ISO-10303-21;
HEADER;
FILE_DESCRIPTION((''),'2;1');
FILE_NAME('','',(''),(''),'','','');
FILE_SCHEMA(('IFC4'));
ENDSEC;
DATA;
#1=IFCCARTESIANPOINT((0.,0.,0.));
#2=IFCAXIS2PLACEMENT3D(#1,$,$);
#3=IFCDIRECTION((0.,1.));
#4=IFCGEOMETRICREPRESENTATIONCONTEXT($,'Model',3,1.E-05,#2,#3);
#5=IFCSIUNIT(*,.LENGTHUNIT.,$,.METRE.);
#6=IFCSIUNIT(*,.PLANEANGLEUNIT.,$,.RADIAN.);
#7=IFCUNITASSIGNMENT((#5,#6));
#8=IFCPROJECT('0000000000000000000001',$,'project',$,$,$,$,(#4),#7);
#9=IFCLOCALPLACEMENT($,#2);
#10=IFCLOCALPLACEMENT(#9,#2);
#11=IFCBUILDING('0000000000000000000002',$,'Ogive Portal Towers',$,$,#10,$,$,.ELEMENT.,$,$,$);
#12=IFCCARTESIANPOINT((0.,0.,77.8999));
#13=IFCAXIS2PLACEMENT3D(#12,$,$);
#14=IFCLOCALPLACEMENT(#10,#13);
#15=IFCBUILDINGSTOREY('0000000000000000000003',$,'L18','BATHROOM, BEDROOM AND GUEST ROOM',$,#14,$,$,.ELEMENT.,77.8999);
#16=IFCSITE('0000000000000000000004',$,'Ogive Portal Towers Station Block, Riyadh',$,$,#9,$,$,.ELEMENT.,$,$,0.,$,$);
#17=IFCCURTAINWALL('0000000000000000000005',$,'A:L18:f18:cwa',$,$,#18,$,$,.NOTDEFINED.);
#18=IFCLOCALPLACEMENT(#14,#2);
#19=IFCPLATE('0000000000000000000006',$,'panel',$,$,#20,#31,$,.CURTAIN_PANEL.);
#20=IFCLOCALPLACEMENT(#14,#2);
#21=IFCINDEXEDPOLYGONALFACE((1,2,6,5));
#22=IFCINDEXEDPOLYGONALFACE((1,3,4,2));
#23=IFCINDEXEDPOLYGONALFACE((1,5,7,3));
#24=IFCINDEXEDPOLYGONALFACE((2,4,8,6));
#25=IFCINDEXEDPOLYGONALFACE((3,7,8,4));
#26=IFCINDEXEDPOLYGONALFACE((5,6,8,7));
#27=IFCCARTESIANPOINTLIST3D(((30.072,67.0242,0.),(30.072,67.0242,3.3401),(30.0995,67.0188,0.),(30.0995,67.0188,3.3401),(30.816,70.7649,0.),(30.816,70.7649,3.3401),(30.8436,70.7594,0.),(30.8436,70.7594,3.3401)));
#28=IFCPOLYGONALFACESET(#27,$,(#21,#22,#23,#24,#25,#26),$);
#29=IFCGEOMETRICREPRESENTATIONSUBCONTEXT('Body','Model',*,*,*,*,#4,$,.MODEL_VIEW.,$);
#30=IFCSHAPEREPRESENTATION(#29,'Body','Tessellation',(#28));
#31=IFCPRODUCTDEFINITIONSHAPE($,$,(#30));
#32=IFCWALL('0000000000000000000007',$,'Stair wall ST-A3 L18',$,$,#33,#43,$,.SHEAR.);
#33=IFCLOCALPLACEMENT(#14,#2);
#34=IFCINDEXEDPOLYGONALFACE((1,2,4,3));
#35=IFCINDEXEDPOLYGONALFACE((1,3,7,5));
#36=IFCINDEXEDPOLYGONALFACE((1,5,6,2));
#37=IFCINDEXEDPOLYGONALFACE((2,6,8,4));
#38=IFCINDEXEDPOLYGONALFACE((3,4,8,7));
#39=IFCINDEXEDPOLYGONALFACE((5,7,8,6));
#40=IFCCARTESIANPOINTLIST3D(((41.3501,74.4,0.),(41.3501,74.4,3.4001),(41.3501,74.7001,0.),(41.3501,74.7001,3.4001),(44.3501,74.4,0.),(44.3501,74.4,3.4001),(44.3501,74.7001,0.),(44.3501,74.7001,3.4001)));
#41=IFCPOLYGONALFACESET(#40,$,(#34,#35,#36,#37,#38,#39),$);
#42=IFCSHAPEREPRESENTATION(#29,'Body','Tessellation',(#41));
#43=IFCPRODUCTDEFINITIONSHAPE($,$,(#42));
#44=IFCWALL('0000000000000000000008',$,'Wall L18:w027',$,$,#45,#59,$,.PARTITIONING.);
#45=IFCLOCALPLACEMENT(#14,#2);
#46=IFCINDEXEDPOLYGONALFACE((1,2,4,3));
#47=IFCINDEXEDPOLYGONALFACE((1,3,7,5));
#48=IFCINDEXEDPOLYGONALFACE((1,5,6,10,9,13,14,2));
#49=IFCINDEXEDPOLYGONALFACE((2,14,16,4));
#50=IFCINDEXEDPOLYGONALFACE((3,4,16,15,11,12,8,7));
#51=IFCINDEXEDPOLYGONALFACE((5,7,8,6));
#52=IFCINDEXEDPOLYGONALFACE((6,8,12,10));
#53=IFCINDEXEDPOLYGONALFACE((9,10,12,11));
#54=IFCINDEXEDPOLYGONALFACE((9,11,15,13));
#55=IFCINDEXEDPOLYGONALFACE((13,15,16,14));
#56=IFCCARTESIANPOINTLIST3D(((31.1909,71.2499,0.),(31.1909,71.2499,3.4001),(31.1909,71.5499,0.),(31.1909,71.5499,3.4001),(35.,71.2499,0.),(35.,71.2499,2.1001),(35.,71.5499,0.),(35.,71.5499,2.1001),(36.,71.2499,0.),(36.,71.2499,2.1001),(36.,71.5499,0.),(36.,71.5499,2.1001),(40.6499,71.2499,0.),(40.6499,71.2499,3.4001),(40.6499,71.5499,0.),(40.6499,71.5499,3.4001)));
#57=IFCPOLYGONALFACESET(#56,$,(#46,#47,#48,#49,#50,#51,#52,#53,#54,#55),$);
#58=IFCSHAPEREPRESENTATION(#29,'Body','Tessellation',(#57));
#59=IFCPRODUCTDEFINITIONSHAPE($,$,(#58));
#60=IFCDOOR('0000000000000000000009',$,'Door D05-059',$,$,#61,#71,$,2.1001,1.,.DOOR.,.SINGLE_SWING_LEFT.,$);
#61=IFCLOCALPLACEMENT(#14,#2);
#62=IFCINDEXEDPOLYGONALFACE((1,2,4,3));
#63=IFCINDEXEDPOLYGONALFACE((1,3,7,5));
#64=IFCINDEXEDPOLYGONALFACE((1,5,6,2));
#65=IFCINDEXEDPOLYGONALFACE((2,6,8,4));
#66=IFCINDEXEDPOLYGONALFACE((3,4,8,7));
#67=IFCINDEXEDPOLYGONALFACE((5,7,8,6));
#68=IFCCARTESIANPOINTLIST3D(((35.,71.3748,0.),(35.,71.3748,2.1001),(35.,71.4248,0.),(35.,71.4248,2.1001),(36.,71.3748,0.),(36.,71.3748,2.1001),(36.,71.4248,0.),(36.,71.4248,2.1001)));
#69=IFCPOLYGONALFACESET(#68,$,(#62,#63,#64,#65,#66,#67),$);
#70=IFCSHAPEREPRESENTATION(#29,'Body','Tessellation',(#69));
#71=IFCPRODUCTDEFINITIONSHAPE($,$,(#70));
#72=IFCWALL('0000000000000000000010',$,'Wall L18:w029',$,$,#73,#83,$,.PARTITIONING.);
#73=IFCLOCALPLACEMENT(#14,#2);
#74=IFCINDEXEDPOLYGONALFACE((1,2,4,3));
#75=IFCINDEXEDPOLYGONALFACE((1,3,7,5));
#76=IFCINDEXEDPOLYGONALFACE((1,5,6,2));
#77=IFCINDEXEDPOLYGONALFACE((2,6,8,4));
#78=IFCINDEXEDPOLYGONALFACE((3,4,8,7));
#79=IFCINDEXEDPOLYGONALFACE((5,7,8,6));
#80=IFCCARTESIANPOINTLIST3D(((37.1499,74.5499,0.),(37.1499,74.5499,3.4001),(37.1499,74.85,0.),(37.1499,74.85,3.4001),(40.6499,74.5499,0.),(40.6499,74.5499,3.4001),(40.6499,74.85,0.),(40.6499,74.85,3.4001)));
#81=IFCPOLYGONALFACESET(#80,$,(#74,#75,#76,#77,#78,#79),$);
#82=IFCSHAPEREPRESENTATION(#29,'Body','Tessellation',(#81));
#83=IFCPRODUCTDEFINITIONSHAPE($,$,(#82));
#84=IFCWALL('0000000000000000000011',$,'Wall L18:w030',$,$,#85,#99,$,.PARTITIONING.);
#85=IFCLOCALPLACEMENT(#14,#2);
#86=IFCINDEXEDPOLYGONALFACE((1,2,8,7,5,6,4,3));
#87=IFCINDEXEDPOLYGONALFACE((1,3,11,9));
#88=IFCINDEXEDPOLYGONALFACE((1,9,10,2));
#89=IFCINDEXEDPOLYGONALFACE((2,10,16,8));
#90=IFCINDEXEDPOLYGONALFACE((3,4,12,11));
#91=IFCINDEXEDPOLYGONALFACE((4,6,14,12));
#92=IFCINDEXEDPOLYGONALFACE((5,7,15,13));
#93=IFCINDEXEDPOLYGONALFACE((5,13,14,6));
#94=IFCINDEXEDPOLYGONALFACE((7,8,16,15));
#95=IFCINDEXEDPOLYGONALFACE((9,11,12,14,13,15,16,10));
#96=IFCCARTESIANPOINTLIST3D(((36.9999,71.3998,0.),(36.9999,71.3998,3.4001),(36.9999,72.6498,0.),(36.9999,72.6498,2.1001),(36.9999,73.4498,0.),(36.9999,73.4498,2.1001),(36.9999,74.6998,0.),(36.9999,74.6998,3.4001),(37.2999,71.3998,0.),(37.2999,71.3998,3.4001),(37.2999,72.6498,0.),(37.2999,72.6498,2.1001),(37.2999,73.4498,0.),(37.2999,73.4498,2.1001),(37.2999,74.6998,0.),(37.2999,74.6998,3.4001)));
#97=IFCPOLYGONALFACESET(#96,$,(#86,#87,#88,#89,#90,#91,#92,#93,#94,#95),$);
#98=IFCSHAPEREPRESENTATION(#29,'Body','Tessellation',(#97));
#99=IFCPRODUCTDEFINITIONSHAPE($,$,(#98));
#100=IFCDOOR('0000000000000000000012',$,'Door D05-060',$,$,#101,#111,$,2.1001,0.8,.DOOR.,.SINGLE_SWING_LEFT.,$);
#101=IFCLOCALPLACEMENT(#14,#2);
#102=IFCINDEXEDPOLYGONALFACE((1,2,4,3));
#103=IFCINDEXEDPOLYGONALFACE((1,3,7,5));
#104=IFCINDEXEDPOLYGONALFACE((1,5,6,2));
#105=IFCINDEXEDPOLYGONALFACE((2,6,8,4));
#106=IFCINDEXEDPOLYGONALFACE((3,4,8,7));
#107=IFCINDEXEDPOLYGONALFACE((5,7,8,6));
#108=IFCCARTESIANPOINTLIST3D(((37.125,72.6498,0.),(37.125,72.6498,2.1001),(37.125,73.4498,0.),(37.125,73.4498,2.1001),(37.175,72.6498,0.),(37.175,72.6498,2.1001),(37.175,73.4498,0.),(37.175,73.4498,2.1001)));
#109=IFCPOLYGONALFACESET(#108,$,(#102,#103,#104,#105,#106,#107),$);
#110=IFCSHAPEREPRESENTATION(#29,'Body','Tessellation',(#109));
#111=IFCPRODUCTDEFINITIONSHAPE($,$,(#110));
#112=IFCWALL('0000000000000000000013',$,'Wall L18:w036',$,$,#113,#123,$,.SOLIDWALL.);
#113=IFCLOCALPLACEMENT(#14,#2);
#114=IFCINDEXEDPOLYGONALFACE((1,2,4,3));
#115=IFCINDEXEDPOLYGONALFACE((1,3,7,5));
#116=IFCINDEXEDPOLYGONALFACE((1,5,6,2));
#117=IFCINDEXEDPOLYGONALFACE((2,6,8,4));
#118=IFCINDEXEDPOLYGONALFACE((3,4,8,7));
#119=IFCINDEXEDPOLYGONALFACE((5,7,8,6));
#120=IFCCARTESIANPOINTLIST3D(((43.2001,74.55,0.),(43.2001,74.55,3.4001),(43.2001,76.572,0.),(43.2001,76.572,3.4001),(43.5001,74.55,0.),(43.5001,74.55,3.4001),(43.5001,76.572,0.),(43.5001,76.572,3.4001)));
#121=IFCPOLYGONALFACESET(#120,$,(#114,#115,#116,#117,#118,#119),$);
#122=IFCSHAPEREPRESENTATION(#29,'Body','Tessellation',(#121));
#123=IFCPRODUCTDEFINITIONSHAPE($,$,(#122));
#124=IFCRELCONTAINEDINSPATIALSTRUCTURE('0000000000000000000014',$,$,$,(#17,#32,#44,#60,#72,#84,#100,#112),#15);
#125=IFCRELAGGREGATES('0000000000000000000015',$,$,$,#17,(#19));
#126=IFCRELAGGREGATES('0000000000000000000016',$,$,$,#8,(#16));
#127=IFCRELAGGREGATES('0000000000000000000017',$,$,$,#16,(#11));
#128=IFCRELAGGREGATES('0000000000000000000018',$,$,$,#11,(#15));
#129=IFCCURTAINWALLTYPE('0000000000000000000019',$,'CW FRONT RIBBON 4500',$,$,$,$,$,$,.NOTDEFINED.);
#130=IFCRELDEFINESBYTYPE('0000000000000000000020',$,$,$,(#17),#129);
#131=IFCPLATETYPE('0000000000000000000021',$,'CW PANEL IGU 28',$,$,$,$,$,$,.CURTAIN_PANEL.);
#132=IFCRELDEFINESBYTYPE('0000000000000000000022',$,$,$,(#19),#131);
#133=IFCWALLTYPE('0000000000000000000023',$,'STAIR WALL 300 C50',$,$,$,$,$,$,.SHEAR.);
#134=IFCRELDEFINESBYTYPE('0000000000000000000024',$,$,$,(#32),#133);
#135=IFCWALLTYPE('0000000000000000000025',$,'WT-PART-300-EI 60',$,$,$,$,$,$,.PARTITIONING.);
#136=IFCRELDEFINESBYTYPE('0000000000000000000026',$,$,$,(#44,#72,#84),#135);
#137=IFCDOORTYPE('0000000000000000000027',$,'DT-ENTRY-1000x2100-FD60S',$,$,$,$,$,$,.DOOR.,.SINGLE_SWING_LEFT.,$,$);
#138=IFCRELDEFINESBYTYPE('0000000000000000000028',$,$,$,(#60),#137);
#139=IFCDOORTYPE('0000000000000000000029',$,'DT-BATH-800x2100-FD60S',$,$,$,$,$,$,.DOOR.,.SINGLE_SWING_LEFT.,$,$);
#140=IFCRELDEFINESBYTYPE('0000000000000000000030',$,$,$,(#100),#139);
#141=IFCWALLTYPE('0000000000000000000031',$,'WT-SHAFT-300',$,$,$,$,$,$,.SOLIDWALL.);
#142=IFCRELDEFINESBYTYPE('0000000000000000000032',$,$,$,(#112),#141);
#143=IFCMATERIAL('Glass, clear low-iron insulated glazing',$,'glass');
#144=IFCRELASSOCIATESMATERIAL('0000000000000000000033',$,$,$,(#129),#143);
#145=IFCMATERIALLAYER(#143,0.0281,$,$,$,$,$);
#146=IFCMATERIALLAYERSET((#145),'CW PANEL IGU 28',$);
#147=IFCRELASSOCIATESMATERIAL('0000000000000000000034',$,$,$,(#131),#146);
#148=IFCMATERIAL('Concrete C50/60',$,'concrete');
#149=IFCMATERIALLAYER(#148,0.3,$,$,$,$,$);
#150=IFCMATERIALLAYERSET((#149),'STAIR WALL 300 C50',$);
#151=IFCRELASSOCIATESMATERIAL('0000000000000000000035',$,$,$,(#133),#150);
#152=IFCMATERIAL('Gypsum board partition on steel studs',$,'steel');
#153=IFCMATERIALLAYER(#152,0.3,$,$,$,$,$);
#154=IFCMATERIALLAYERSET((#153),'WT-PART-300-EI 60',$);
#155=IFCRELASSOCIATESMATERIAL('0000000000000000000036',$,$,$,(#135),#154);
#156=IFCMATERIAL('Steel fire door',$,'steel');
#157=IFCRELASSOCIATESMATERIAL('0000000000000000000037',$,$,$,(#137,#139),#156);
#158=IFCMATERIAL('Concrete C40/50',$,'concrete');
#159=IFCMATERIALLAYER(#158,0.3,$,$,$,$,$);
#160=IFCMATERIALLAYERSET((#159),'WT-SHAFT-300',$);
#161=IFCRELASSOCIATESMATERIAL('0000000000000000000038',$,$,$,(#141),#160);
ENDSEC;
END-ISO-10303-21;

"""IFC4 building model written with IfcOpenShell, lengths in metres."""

from ifc_helpers import new_model, si_unit, direction, frame, frame_2d, origin, origin_2d, place, context, subcontext, project, spatial, rectangle, extrude, material, layer, layer_set, type_object, element, fill, aggregate, save


model = new_model("IFC4")

# Units and contexts
model_context = context("Model", 3, precision=1e-05, world=origin(), true_north=direction((0.0, 1.0)))
body_context = subcontext(model_context, "Body", "Model", "MODEL_VIEW")
ifc_project = project(units=[si_unit("LENGTHUNIT", "METRE"), si_unit("PLANEANGLEUNIT", "RADIAN")], contexts=[model_context])

# Site, building, storey
site_placement = place(None, origin())
site = spatial("IfcSite", under=ifc_project, at=site_placement, Name="Ogive Portal Towers Station Block, Riyadh", CompositionType="ELEMENT", RefElevation=0.0)
building_placement = place(site_placement, origin())
building = spatial("IfcBuilding", under=site, at=building_placement, Name="Ogive Portal Towers", CompositionType="ELEMENT")
storey_placement = place(building_placement, frame((0.0, 0.0, 77.8999)))
storey = spatial("IfcBuildingStorey", under=building, at=storey_placement, Name="L18", Description="BATHROOM, BEDROOM AND GUEST ROOM", CompositionType="ELEMENT", Elevation=77.8999)

# Shared definitions
ifc_material_1 = material(Name="Concrete C40/50", Category="concrete")

# Curtain wall, plate
ifc_material_2 = material(Name="Glass, clear low-iron insulated glazing", Category="glass")
curtain_wall_type = type_object("IfcCurtainWallType", Name="CW FRONT RIBBON 4500", PredefinedType="NOTDEFINED", material=ifc_material_2)
curtain_wall_placement = place(storey_placement, origin())
curtain_wall = element("IfcCurtainWall", 1, at=curtain_wall_placement, inside=storey, type_object=curtain_wall_type, Name="A:L18:f18:cwa", PredefinedType="NOTDEFINED")
ifc_layer_1 = layer(ifc_material_2, 0.0281)
ifc_layer_set_1 = layer_set([ifc_layer_1], Name="CW PANEL IGU 28")
plate_type = type_object("IfcPlateType", Name="CW PANEL IGU 28", PredefinedType="CURTAIN_PANEL", material=ifc_layer_set_1)
plate_1_placement = place(storey_placement, frame((30.4578, 68.8918, 0.0), z_axis=(0.0, 0.0, 1.0), x_axis=(-0.19509, -0.980785, 0.0)))
plate_1 = element("IfcPlate", 2, at=plate_1_placement, type_object=plate_type, Name="panel", PredefinedType="CURTAIN_PANEL", context=body_context, shape_type="SweptSolid", body=[
    extrude(rectangle(XDim=3.814, YDim=0.0281, at=origin_2d()), origin(), (0.0, 0.0, 1.0), 3.3401),
])
aggregate(curtain_wall, [plate_1])

# Wall
ifc_material_3 = material(Name="Concrete C50/60", Category="concrete")
ifc_layer_2 = layer(ifc_material_3, 0.3)
ifc_layer_set_2 = layer_set([ifc_layer_2], Name="STAIR WALL 300 C50")
wall_type_1 = type_object("IfcWallType", Name="STAIR WALL 300 C50", PredefinedType="SHEAR", material=ifc_layer_set_2)
wall_1_placement = place(storey_placement, frame((41.3501, 74.55, 0.0), z_axis=(0.0, 0.0, 1.0), x_axis=(1.0, 0.0, 0.0)))
element("IfcWall", 3, at=wall_1_placement, inside=storey, type_object=wall_type_1, Name="Stair wall ST-A3 L18", PredefinedType="SHEAR", context=body_context, shape_type="SweptSolid", body=[
    extrude(rectangle(XDim=3.0, YDim=0.3, at=frame_2d((1.5, 0.0))), origin(), (0.0, 0.0, 1.0), 3.4001),
])

# Wall, opening, door
ifc_material_4 = material(Name="Gypsum board partition on steel studs", Category="steel")
ifc_layer_3 = layer(ifc_material_4, 0.3)
ifc_layer_set_3 = layer_set([ifc_layer_3], Name="WT-PART-300-EI 60")
wall_type_2 = type_object("IfcWallType", Name="WT-PART-300-EI 60", PredefinedType="PARTITIONING", material=ifc_layer_set_3)
wall_2_placement = place(storey_placement, frame((31.1909, 71.3999, 0.0), z_axis=(0.0, 0.0, 1.0), x_axis=(1.0, 0.0, 0.0)))
wall_2 = element("IfcWall", 4, at=wall_2_placement, inside=storey, type_object=wall_type_2, Name="Wall L18:w027", PredefinedType="PARTITIONING", context=body_context, shape_type="SweptSolid", body=[
    extrude(rectangle(XDim=9.459, YDim=0.3, at=frame_2d((4.7295, 0.0))), origin(), (0.0, 0.0, 1.0), 3.4001),
])
opening_1_placement = place(wall_2_placement, frame((3.8091, 0.0, 0.0)))
opening_1 = element("IfcOpeningElement", 5, at=opening_1_placement, cuts=wall_2, PredefinedType="OPENING", context=body_context, shape_type="SweptSolid", body=[
    extrude(rectangle(XDim=1.0, YDim=2.1001, at=frame_2d((0.5, 1.05))), frame((0.0, 0.1602, 0.0), z_axis=(0.0, -1.0, 0.0), x_axis=(1.0, 0.0, 0.0)), (0.0, 0.0, 1.0), 0.3201),
])
ifc_material_5 = material(Name="Steel fire door", Category="steel")
door_type_1 = type_object("IfcDoorType", Name="DT-ENTRY-1000x2100-FD60S", OperationType="SINGLE_SWING_LEFT", PredefinedType="DOOR", material=ifc_material_5)
door_1_placement = place(opening_1_placement, origin())
door_1 = element("IfcDoor", 6, at=door_1_placement, inside=storey, type_object=door_type_1, Name="Door D05-059", OperationType="SINGLE_SWING_LEFT", OverallHeight=2.1001, OverallWidth=1.0, PredefinedType="DOOR", context=body_context, shape_type="SweptSolid", body=[
    extrude(rectangle(XDim=1.0, YDim=2.1001, at=frame_2d((0.5, 1.05))), frame((0.0, 0.0249, 0.0), z_axis=(0.0, -1.0, 0.0), x_axis=(1.0, 0.0, 0.0)), (0.0, 0.0, 1.0), 0.05),
])
fill(opening_1, door_1)

# Wall
wall_3_placement = place(storey_placement, frame((37.1499, 74.7, 0.0), z_axis=(0.0, 0.0, 1.0), x_axis=(1.0, 0.0, 0.0)))
element("IfcWall", 7, at=wall_3_placement, inside=storey, type_object=wall_type_2, Name="Wall L18:w029", PredefinedType="PARTITIONING", context=body_context, shape_type="SweptSolid", body=[
    extrude(rectangle(XDim=3.5, YDim=0.3, at=frame_2d((1.75, 0.0))), origin(), (0.0, 0.0, 1.0), 3.4001),
])

# Wall, opening, door
wall_4_placement = place(storey_placement, frame((37.1499, 71.3999, 0.0), z_axis=(0.0, 0.0, 1.0), x_axis=(0.0, 1.0, 0.0)))
wall_4 = element("IfcWall", 8, at=wall_4_placement, inside=storey, type_object=wall_type_2, Name="Wall L18:w030", PredefinedType="PARTITIONING", context=body_context, shape_type="SweptSolid", body=[
    extrude(rectangle(XDim=3.3, YDim=0.3, at=frame_2d((1.6499, 0.0))), origin(), (0.0, 0.0, 1.0), 3.4001),
])
opening_2_placement = place(wall_4_placement, frame((1.25, 0.0, 0.0)))
opening_2 = element("IfcOpeningElement", 9, at=opening_2_placement, cuts=wall_4, PredefinedType="OPENING", context=body_context, shape_type="SweptSolid", body=[
    extrude(rectangle(XDim=0.8, YDim=2.1001, at=frame_2d((0.3999, 1.05))), frame((0.0, 0.1602, 0.0), z_axis=(0.0, -1.0, 0.0), x_axis=(1.0, 0.0, 0.0)), (0.0, 0.0, 1.0), 0.3201),
])
door_type_2 = type_object("IfcDoorType", Name="DT-BATH-800x2100-FD60S", OperationType="SINGLE_SWING_LEFT", PredefinedType="DOOR", material=ifc_material_5)
door_2_placement = place(opening_2_placement, origin())
door_2 = element("IfcDoor", 10, at=door_2_placement, inside=storey, type_object=door_type_2, Name="Door D05-060", OperationType="SINGLE_SWING_LEFT", OverallHeight=2.1001, OverallWidth=0.8, PredefinedType="DOOR", context=body_context, shape_type="SweptSolid", body=[
    extrude(rectangle(XDim=0.8, YDim=2.1001, at=frame_2d((0.3999, 1.05))), frame((0.0, 0.0249, 0.0), z_axis=(0.0, -1.0, 0.0), x_axis=(1.0, 0.0, 0.0)), (0.0, 0.0, 1.0), 0.05),
])
fill(opening_2, door_2)

# Wall
ifc_layer_4 = layer(ifc_material_1, 0.3)
ifc_layer_set_4 = layer_set([ifc_layer_4], Name="WT-SHAFT-300")
wall_type_3 = type_object("IfcWallType", Name="WT-SHAFT-300", PredefinedType="SOLIDWALL", material=ifc_layer_set_4)
wall_5_placement = place(storey_placement, frame((43.3501, 74.55, 0.0), z_axis=(0.0, 0.0, 1.0), x_axis=(0.0, 1.0, 0.0)))
element("IfcWall", 11, at=wall_5_placement, inside=storey, type_object=wall_type_3, Name="Wall L18:w036", PredefinedType="SOLIDWALL", context=body_context, shape_type="SweptSolid", body=[
    extrude(rectangle(XDim=2.022, YDim=0.3, at=frame_2d((1.011, 0.0))), origin(), (0.0, 0.0, 1.0), 3.4001),
])

save(model, "model.ifc")
